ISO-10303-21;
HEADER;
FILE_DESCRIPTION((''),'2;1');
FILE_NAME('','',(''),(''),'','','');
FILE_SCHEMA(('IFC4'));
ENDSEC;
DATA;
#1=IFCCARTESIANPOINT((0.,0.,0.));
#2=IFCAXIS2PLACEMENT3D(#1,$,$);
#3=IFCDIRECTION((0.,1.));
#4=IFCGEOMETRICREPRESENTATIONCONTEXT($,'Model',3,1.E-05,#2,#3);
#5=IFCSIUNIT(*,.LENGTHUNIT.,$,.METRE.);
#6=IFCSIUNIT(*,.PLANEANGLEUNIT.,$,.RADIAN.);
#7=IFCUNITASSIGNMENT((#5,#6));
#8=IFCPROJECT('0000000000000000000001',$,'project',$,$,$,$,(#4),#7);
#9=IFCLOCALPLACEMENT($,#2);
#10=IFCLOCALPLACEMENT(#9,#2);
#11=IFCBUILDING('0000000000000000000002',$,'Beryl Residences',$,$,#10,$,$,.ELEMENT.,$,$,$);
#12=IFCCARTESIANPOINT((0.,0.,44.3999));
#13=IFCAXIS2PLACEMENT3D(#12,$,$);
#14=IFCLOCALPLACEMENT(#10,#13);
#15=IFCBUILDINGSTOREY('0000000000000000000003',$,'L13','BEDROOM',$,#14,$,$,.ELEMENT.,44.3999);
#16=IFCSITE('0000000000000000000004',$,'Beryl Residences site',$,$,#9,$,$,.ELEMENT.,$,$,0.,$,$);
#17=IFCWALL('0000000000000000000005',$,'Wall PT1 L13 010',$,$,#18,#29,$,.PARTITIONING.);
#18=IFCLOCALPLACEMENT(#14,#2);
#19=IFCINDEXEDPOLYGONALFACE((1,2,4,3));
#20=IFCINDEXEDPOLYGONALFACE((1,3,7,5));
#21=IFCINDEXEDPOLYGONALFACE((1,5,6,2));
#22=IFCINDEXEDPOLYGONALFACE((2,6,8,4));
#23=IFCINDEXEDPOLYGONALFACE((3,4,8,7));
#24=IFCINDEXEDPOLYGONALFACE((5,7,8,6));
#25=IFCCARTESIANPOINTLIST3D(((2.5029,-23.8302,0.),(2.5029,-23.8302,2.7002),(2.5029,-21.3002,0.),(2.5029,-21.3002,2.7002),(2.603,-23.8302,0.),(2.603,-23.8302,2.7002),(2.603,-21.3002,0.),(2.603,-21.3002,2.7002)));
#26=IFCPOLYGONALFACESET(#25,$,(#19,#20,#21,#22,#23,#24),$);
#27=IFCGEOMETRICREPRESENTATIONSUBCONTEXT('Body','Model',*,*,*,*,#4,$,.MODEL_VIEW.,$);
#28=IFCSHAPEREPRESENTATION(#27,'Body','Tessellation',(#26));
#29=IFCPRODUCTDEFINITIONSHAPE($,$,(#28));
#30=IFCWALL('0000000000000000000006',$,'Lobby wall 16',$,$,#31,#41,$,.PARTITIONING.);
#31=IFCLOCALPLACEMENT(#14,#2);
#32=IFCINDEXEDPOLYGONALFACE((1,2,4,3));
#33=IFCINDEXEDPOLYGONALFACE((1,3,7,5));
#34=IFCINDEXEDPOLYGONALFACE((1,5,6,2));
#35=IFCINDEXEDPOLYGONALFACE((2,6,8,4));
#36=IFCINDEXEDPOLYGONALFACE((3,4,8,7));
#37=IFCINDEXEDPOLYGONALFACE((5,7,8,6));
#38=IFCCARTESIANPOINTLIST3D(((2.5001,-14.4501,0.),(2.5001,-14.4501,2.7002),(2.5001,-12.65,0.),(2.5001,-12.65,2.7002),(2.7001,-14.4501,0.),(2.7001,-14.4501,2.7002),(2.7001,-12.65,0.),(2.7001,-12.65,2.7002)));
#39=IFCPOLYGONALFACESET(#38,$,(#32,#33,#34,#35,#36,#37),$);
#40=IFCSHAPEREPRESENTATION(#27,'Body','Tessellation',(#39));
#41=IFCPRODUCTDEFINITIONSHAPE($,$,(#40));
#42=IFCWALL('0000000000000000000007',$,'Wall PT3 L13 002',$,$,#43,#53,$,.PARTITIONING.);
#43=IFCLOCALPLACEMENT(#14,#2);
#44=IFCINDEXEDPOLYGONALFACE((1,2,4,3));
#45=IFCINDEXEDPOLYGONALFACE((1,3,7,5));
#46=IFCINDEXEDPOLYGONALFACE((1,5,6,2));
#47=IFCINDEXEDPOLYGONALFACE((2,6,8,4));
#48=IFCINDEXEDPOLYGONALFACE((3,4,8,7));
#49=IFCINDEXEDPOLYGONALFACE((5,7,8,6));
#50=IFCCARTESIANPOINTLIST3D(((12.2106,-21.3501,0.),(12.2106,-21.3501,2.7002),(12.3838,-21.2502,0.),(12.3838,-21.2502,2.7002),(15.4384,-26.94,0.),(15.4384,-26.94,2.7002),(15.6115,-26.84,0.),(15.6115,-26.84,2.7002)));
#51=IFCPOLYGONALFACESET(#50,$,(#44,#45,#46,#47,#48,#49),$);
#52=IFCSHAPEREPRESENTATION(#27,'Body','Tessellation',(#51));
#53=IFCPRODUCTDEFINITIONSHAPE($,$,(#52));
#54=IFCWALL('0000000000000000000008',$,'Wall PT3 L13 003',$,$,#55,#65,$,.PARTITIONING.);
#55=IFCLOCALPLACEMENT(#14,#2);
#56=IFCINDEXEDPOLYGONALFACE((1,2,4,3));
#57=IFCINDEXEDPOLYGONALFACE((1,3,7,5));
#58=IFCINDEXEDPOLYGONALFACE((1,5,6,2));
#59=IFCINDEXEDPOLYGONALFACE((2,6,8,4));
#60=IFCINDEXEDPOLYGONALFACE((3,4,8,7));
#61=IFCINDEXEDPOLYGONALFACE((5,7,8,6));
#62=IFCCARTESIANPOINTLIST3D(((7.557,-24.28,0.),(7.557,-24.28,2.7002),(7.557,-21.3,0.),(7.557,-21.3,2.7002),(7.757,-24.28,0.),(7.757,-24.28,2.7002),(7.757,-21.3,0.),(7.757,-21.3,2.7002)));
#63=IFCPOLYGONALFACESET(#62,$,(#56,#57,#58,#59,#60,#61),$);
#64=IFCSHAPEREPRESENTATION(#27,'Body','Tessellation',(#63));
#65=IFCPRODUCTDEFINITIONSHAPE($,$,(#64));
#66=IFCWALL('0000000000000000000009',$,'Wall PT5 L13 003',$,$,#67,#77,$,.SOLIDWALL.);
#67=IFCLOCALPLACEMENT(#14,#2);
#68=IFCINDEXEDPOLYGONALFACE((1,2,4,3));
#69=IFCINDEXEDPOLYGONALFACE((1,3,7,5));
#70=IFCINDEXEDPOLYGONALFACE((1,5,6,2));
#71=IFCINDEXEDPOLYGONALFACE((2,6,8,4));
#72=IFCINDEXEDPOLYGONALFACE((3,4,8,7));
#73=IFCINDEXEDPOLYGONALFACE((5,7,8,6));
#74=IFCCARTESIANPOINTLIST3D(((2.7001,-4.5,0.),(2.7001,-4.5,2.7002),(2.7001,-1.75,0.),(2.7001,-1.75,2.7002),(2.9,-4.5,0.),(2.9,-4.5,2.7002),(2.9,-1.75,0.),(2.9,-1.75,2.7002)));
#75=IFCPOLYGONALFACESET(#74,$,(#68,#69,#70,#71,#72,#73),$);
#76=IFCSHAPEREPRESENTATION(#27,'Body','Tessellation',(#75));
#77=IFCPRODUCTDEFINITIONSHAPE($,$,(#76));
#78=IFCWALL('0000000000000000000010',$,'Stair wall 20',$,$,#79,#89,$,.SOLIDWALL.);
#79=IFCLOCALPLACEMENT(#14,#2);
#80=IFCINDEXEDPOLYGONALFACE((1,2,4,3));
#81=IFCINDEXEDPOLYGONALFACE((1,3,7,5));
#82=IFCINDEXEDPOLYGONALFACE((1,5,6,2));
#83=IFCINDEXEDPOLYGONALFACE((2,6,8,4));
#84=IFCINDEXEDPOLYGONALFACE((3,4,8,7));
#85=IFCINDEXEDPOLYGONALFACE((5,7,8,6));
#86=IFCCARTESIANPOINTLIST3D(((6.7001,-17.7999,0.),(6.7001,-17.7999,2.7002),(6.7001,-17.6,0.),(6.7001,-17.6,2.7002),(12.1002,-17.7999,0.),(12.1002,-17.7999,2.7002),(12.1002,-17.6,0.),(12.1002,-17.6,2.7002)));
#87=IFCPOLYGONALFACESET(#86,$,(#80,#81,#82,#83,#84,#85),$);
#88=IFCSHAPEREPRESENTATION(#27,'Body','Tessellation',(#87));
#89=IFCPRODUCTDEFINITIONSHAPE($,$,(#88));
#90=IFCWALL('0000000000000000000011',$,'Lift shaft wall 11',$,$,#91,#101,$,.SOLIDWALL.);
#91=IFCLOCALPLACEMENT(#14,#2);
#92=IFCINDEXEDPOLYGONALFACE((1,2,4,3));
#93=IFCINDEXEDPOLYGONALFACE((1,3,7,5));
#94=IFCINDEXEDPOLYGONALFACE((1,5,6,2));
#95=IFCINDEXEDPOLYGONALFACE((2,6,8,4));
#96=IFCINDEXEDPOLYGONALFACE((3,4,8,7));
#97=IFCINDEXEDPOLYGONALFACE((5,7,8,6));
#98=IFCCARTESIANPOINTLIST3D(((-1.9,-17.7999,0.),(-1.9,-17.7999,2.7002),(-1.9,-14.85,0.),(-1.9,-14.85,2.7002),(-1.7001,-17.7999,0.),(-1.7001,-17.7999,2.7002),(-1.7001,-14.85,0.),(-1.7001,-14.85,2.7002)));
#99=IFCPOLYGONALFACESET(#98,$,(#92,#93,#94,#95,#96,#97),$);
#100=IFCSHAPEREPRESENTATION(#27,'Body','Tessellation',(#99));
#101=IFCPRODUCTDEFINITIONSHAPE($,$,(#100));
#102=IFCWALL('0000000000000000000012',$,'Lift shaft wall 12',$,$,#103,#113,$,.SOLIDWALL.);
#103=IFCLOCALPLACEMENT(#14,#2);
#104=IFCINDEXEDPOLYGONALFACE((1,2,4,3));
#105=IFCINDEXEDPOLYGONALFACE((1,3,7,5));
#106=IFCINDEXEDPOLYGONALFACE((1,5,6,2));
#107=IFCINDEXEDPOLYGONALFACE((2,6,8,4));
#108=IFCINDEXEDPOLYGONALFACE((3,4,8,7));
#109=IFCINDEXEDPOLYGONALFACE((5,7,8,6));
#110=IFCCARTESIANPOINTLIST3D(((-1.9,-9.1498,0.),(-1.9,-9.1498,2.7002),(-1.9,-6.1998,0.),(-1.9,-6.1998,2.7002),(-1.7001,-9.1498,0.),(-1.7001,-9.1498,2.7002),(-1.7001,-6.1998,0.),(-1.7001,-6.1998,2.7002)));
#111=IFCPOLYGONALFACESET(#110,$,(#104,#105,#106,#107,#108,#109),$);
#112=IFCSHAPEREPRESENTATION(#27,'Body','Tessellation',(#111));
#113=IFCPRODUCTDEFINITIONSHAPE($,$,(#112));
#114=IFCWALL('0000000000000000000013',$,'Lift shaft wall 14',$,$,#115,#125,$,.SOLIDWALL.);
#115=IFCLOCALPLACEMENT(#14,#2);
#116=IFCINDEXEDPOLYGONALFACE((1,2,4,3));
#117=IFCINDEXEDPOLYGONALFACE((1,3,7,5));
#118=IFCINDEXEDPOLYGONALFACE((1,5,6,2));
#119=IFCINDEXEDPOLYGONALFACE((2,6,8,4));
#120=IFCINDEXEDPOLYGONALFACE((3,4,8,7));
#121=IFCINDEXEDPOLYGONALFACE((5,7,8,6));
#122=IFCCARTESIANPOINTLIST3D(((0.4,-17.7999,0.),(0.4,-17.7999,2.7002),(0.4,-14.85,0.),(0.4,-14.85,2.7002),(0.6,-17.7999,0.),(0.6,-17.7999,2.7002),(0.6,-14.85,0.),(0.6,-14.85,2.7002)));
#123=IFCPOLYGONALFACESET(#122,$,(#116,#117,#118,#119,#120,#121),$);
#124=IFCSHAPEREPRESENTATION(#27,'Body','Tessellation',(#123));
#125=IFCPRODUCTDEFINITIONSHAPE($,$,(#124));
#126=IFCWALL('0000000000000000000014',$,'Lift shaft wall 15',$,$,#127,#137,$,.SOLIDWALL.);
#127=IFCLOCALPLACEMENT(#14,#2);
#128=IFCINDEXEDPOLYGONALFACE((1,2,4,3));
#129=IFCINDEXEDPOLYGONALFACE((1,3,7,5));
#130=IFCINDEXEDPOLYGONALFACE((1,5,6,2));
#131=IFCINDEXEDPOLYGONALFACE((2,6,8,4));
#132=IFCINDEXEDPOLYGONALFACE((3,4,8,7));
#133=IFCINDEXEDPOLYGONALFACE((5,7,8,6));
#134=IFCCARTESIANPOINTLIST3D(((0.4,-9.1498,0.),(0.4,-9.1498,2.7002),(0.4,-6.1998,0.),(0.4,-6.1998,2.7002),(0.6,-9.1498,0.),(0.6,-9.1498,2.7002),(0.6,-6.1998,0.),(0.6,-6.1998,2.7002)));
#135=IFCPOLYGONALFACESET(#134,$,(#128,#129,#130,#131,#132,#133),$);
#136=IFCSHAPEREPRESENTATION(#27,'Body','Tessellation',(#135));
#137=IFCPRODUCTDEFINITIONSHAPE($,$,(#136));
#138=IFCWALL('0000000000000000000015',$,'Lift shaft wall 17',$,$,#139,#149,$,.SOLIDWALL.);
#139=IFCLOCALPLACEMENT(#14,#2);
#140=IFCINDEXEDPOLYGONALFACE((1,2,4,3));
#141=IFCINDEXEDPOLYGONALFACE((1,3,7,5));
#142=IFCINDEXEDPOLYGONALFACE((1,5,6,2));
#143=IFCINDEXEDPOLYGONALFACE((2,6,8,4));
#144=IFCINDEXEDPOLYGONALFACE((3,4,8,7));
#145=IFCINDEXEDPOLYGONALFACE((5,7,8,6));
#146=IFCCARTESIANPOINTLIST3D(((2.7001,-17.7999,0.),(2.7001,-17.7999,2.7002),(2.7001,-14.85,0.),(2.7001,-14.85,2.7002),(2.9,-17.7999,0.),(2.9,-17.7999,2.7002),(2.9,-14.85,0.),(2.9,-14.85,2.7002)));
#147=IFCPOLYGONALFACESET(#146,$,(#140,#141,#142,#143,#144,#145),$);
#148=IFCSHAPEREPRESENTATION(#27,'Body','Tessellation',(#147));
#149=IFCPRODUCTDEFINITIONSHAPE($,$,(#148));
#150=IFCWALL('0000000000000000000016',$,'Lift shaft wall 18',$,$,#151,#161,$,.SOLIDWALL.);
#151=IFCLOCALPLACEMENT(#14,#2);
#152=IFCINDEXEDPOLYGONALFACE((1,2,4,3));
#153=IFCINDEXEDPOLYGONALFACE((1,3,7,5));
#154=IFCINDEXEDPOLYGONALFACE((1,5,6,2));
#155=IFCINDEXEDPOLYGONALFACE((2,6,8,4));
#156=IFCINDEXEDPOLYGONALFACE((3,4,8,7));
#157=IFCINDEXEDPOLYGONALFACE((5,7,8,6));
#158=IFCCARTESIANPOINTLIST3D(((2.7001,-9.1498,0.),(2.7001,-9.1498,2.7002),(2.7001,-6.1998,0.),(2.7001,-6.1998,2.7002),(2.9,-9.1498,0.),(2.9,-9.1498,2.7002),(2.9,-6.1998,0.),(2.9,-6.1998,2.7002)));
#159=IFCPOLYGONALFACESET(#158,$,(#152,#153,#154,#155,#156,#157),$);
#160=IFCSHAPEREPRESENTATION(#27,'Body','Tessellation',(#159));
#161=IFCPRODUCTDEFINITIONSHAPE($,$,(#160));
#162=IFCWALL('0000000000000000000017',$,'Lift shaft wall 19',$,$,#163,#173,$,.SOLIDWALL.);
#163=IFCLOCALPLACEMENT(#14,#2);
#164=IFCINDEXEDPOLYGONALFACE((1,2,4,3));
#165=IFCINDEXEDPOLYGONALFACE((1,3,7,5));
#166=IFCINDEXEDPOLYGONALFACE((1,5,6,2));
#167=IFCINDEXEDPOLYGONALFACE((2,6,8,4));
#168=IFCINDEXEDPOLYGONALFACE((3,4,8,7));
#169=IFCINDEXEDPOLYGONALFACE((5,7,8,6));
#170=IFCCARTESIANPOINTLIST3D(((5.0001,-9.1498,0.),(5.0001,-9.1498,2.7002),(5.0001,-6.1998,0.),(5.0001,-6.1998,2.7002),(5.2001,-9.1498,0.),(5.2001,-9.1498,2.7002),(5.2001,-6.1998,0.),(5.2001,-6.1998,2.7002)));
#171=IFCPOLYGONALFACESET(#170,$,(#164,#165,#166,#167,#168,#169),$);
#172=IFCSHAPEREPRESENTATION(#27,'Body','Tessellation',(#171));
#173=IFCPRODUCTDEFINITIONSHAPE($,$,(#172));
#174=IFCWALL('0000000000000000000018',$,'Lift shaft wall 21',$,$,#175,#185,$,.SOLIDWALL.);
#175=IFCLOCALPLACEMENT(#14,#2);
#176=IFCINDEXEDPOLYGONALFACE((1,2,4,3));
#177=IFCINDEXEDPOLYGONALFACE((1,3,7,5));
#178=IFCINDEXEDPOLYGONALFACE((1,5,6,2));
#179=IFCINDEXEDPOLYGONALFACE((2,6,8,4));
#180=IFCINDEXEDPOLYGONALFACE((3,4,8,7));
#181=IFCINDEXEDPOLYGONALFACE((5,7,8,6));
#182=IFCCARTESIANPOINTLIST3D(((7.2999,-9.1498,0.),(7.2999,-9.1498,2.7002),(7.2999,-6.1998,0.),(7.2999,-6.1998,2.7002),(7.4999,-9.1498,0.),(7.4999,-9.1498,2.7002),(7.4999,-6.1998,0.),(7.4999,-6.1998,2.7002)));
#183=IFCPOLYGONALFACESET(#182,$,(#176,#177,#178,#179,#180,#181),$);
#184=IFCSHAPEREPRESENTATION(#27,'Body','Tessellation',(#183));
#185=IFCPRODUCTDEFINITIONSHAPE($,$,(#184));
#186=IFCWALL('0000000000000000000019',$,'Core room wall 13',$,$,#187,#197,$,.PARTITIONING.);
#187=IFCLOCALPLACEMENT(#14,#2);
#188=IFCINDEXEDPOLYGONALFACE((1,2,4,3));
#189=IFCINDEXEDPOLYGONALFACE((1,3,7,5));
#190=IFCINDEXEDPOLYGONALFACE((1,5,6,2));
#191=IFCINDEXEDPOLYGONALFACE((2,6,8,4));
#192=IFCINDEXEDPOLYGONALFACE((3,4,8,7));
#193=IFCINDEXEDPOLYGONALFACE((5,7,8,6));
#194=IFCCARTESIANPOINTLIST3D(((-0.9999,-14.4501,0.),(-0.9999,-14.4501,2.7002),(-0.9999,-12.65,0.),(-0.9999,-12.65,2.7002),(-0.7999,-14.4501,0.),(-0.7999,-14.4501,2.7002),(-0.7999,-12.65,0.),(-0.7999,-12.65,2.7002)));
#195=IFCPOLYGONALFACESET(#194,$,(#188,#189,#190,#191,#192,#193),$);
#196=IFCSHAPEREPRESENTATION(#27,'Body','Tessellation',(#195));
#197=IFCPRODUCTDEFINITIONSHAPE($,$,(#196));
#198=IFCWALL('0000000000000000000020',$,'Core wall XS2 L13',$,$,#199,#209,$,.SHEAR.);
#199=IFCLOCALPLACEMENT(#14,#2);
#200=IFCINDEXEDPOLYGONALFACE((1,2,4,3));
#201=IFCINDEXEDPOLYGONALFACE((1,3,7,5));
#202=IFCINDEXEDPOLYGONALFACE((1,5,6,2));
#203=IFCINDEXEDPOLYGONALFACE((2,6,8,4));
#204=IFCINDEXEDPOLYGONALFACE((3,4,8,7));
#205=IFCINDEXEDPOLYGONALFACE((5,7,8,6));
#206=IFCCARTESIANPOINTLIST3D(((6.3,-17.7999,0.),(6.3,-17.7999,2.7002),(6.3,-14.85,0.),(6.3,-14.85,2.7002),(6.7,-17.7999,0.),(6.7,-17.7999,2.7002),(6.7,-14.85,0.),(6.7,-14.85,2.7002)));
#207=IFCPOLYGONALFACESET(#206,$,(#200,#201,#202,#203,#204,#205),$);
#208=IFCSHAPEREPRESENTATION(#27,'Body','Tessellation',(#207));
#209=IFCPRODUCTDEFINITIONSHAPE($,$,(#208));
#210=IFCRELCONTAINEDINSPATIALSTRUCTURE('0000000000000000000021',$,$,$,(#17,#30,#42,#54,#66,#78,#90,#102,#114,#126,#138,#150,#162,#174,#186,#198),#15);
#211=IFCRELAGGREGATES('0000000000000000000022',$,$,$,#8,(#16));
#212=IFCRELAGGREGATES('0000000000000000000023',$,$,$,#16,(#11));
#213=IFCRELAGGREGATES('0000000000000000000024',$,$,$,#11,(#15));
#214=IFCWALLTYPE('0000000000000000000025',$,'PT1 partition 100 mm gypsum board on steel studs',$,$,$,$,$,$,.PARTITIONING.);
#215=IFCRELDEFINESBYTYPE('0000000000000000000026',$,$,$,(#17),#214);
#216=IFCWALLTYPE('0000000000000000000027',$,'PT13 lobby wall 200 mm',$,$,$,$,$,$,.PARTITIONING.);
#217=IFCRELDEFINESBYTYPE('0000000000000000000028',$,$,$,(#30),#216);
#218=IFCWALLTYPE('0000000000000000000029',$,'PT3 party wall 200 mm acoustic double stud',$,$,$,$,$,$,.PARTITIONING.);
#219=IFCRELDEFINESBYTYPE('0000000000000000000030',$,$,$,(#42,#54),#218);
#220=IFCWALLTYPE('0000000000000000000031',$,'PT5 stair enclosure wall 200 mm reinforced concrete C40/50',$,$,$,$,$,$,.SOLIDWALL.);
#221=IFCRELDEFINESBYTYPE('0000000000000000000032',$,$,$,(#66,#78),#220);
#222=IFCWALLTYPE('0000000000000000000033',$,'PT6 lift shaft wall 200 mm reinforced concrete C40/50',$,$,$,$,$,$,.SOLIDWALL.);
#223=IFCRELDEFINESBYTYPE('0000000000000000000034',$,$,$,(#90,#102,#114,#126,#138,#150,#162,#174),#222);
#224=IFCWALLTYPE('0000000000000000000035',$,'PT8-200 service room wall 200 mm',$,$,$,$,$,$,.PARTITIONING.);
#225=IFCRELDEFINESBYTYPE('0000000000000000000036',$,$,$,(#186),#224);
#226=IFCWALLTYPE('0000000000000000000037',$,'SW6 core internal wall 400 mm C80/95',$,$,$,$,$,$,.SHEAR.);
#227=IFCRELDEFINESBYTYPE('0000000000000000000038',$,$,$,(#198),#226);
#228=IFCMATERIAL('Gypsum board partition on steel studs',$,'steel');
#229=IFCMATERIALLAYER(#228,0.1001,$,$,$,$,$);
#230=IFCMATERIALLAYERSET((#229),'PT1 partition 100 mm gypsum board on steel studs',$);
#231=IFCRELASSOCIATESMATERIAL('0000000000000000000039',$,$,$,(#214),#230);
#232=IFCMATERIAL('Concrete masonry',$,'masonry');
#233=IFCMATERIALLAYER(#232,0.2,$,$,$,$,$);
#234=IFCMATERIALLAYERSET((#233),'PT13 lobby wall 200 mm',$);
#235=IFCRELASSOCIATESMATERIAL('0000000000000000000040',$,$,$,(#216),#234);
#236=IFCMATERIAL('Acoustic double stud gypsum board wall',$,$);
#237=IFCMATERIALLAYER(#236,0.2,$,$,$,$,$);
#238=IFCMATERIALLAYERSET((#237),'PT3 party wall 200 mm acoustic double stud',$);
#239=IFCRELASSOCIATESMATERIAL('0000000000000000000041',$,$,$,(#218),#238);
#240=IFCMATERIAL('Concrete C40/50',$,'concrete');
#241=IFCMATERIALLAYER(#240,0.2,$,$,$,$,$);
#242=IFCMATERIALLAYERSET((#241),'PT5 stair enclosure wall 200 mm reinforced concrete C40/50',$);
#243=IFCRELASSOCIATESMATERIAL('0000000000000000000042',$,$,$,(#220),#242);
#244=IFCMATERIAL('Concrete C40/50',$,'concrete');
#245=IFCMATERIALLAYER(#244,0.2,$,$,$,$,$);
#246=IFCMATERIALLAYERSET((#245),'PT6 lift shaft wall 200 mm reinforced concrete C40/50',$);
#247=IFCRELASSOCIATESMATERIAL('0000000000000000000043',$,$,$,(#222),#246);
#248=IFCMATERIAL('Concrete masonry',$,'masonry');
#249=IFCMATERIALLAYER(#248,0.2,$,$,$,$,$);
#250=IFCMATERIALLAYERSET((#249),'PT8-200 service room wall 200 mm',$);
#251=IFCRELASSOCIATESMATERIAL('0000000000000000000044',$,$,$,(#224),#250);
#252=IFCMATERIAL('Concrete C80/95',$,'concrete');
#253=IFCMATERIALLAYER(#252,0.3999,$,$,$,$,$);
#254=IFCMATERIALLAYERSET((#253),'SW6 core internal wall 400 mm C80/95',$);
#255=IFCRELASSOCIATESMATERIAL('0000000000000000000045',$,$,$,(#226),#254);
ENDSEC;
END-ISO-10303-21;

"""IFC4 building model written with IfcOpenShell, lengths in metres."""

from ifc_helpers import new_model, si_unit, direction, frame, frame_2d, origin, place, context, subcontext, project, spatial, rectangle, extrude, material, layer, layer_set, type_object, element, save


model = new_model("IFC4")

# Units and contexts
model_context = context("Model", 3, precision=1e-05, world=origin(), true_north=direction((0.0, 1.0)))
body_context = subcontext(model_context, "Body", "Model", "MODEL_VIEW")
ifc_project = project(units=[si_unit("LENGTHUNIT", "METRE"), si_unit("PLANEANGLEUNIT", "RADIAN")], contexts=[model_context])

# Site, building, storey
site_placement = place(None, origin())
site = spatial("IfcSite", under=ifc_project, at=site_placement, Name="Beryl Residences site", CompositionType="ELEMENT", RefElevation=0.0)
building_placement = place(site_placement, origin())
building = spatial("IfcBuilding", under=site, at=building_placement, Name="Beryl Residences", CompositionType="ELEMENT")
storey_placement = place(building_placement, frame((0.0, 0.0, 44.3999)))
storey = spatial("IfcBuildingStorey", under=building, at=storey_placement, Name="L13", Description="BEDROOM", CompositionType="ELEMENT", Elevation=44.3999)

# Walls
ifc_material_1 = material(Name="Gypsum board partition on steel studs", Category="steel")
ifc_layer_1 = layer(ifc_material_1, 0.1001)
ifc_layer_set_1 = layer_set([ifc_layer_1], Name="PT1 partition 100 mm gypsum board on steel studs")
wall_type_1 = type_object("IfcWallType", Name="PT1 partition 100 mm gypsum board on steel studs", PredefinedType="PARTITIONING", material=ifc_layer_set_1)
wall_1_placement = place(storey_placement, frame((2.553, -21.3, 0.0), z_axis=(0.0, 0.0, 1.0), x_axis=(0.0, -1.0, 0.0)))
element("IfcWall", 1, at=wall_1_placement, inside=storey, type_object=wall_type_1, Name="Wall PT1 L13 010", PredefinedType="PARTITIONING", context=body_context, shape_type="SweptSolid", body=[
    extrude(rectangle(XDim=2.53, YDim=0.1001, at=frame_2d((1.2651, 0.0))), origin(), (0.0, 0.0, 1.0), 2.7002),
])
ifc_material_2 = material(Name="Concrete masonry", Category="masonry")
ifc_layer_2 = layer(ifc_material_2, 0.2)
ifc_layer_set_2 = layer_set([ifc_layer_2], Name="PT13 lobby wall 200 mm")
wall_type_2 = type_object("IfcWallType", Name="PT13 lobby wall 200 mm", PredefinedType="PARTITIONING", material=ifc_layer_set_2)
wall_2_placement = place(storey_placement, frame((2.6001, -14.45, 0.0), z_axis=(0.0, 0.0, 1.0), x_axis=(0.0, 1.0, 0.0)))
element("IfcWall", 2, at=wall_2_placement, inside=storey, type_object=wall_type_2, Name="Lobby wall 16", PredefinedType="PARTITIONING", context=body_context, shape_type="SweptSolid", body=[
    extrude(rectangle(XDim=1.8, YDim=0.2, at=frame_2d((0.8999, 0.0))), origin(), (0.0, 0.0, 1.0), 2.7002),
])
ifc_material_3 = material(Name="Acoustic double stud gypsum board wall")
ifc_layer_3 = layer(ifc_material_3, 0.2)
ifc_layer_set_3 = layer_set([ifc_layer_3], Name="PT3 party wall 200 mm acoustic double stud")
wall_type_3 = type_object("IfcWallType", Name="PT3 party wall 200 mm acoustic double stud", PredefinedType="PARTITIONING", material=ifc_layer_set_3)
wall_3_placement = place(storey_placement, frame((12.2971, -21.3, 0.0), z_axis=(0.0, 0.0, 1.0), x_axis=(0.500056, -0.865993, 0.0)))
element("IfcWall", 3, at=wall_3_placement, inside=storey, type_object=wall_type_3, Name="Wall PT3 L13 002", PredefinedType="PARTITIONING", context=body_context, shape_type="SweptSolid", body=[
    extrude(rectangle(XDim=6.4548, YDim=0.2, at=frame_2d((3.2275, 0.0))), origin(), (0.0, 0.0, 1.0), 2.7002),
])
wall_4_placement = place(storey_placement, frame((7.657, -21.3, 0.0), z_axis=(0.0, 0.0, 1.0), x_axis=(0.0, -1.0, 0.0)))
element("IfcWall", 4, at=wall_4_placement, inside=storey, type_object=wall_type_3, Name="Wall PT3 L13 003", PredefinedType="PARTITIONING", context=body_context, shape_type="SweptSolid", body=[
    extrude(rectangle(XDim=2.98, YDim=0.2, at=frame_2d((1.49, 0.0))), origin(), (0.0, 0.0, 1.0), 2.7002),
])
ifc_material_4 = material(Name="Concrete C40/50", Category="concrete")
ifc_layer_4 = layer(ifc_material_4, 0.2)
ifc_layer_set_4 = layer_set([ifc_layer_4], Name="PT5 stair enclosure wall 200 mm reinforced concrete C40/50")
wall_type_4 = type_object("IfcWallType", Name="PT5 stair enclosure wall 200 mm reinforced concrete C40/50", PredefinedType="SOLIDWALL", material=ifc_layer_set_4)
wall_5_placement = place(storey_placement, frame((2.8, -4.5, 0.0), z_axis=(0.0, 0.0, 1.0), x_axis=(0.0, 1.0, 0.0)))
element("IfcWall", 5, at=wall_5_placement, inside=storey, type_object=wall_type_4, Name="Wall PT5 L13 003", PredefinedType="SOLIDWALL", context=body_context, shape_type="SweptSolid", body=[
    extrude(rectangle(XDim=2.75, YDim=0.2, at=frame_2d((1.375, 0.0))), origin(), (0.0, 0.0, 1.0), 2.7002),
])
wall_6_placement = place(storey_placement, frame((6.7, -17.7, 0.0), z_axis=(0.0, 0.0, 1.0), x_axis=(1.0, 0.0, 0.0)))
element("IfcWall", 6, at=wall_6_placement, inside=storey, type_object=wall_type_4, Name="Stair wall 20", PredefinedType="SOLIDWALL", context=body_context, shape_type="SweptSolid", body=[
    extrude(rectangle(XDim=5.4001, YDim=0.2, at=frame_2d((2.7002, 0.0))), origin(), (0.0, 0.0, 1.0), 2.7002),
])
ifc_material_5 = material(Name="Concrete C40/50", Category="concrete")
ifc_layer_5 = layer(ifc_material_5, 0.2)
ifc_layer_set_5 = layer_set([ifc_layer_5], Name="PT6 lift shaft wall 200 mm reinforced concrete C40/50")
wall_type_5 = type_object("IfcWallType", Name="PT6 lift shaft wall 200 mm reinforced concrete C40/50", PredefinedType="SOLIDWALL", material=ifc_layer_set_5)
for number, where, z_axis, x_axis, name in (
    (7, (-1.8, -17.8, 0.0), (0.0, 0.0, 1.0), (0.0, 1.0, 0.0), "Lift shaft wall 11"),
    (8, (-1.8, -9.1499, 0.0), (0.0, 0.0, 1.0), (0.0, 1.0, 0.0), "Lift shaft wall 12"),
    (9, (0.5, -17.8, 0.0), (0.0, 0.0, 1.0), (0.0, 1.0, 0.0), "Lift shaft wall 14"),
    (10, (0.5, -9.1499, 0.0), (0.0, 0.0, 1.0), (0.0, 1.0, 0.0), "Lift shaft wall 15"),
    (11, (2.8, -17.8, 0.0), (0.0, 0.0, 1.0), (0.0, 1.0, 0.0), "Lift shaft wall 17"),
    (12, (2.8, -9.1499, 0.0), (0.0, 0.0, 1.0), (0.0, 1.0, 0.0), "Lift shaft wall 18"),
    (13, (5.1001, -9.1499, 0.0), (0.0, 0.0, 1.0), (0.0, 1.0, 0.0), "Lift shaft wall 19"),
    (14, (7.3999, -9.1499, 0.0), (0.0, 0.0, 1.0), (0.0, 1.0, 0.0), "Lift shaft wall 21"),
):
    element("IfcWall", number, at=place(storey_placement, frame(where, z_axis=z_axis, x_axis=x_axis)), inside=storey, type_object=wall_type_5, Name=name, PredefinedType="SOLIDWALL", context=body_context, shape_type="SweptSolid", body=[
        extrude(rectangle(XDim=2.95, YDim=0.2, at=frame_2d((1.4751, 0.0))), origin(), (0.0, 0.0, 1.0), 2.7002),
    ])
ifc_material_6 = material(Name="Concrete masonry", Category="masonry")
ifc_layer_6 = layer(ifc_material_6, 0.2)
ifc_layer_set_6 = layer_set([ifc_layer_6], Name="PT8-200 service room wall 200 mm")
wall_type_6 = type_object("IfcWallType", Name="PT8-200 service room wall 200 mm", PredefinedType="PARTITIONING", material=ifc_layer_set_6)
wall_7_placement = place(storey_placement, frame((-0.8999, -14.45, 0.0), z_axis=(0.0, 0.0, 1.0), x_axis=(0.0, 1.0, 0.0)))
element("IfcWall", 15, at=wall_7_placement, inside=storey, type_object=wall_type_6, Name="Core room wall 13", PredefinedType="PARTITIONING", context=body_context, shape_type="SweptSolid", body=[
    extrude(rectangle(XDim=1.8, YDim=0.2, at=frame_2d((0.8999, 0.0))), origin(), (0.0, 0.0, 1.0), 2.7002),
])
ifc_material_7 = material(Name="Concrete C80/95", Category="concrete")
ifc_layer_7 = layer(ifc_material_7, 0.3999)
ifc_layer_set_7 = layer_set([ifc_layer_7], Name="SW6 core internal wall 400 mm C80/95")
wall_type_7 = type_object("IfcWallType", Name="SW6 core internal wall 400 mm C80/95", PredefinedType="SHEAR", material=ifc_layer_set_7)
for number, where, z_axis, x_axis, name in (
    (16, (6.5, -17.8, 0.0), (0.0, 0.0, 1.0), (0.0, 1.0, 0.0), "Core wall XS2 L13"),
):
    element("IfcWall", number, at=place(storey_placement, frame(where, z_axis=z_axis, x_axis=x_axis)), inside=storey, type_object=wall_type_7, Name=name, PredefinedType="SHEAR", context=body_context, shape_type="SweptSolid", body=[
        extrude(rectangle(XDim=2.95, YDim=0.3999, at=frame_2d((1.4751, 0.0))), origin(), (0.0, 0.0, 1.0), 2.7002),
    ])

save(model, "model.ifc")
